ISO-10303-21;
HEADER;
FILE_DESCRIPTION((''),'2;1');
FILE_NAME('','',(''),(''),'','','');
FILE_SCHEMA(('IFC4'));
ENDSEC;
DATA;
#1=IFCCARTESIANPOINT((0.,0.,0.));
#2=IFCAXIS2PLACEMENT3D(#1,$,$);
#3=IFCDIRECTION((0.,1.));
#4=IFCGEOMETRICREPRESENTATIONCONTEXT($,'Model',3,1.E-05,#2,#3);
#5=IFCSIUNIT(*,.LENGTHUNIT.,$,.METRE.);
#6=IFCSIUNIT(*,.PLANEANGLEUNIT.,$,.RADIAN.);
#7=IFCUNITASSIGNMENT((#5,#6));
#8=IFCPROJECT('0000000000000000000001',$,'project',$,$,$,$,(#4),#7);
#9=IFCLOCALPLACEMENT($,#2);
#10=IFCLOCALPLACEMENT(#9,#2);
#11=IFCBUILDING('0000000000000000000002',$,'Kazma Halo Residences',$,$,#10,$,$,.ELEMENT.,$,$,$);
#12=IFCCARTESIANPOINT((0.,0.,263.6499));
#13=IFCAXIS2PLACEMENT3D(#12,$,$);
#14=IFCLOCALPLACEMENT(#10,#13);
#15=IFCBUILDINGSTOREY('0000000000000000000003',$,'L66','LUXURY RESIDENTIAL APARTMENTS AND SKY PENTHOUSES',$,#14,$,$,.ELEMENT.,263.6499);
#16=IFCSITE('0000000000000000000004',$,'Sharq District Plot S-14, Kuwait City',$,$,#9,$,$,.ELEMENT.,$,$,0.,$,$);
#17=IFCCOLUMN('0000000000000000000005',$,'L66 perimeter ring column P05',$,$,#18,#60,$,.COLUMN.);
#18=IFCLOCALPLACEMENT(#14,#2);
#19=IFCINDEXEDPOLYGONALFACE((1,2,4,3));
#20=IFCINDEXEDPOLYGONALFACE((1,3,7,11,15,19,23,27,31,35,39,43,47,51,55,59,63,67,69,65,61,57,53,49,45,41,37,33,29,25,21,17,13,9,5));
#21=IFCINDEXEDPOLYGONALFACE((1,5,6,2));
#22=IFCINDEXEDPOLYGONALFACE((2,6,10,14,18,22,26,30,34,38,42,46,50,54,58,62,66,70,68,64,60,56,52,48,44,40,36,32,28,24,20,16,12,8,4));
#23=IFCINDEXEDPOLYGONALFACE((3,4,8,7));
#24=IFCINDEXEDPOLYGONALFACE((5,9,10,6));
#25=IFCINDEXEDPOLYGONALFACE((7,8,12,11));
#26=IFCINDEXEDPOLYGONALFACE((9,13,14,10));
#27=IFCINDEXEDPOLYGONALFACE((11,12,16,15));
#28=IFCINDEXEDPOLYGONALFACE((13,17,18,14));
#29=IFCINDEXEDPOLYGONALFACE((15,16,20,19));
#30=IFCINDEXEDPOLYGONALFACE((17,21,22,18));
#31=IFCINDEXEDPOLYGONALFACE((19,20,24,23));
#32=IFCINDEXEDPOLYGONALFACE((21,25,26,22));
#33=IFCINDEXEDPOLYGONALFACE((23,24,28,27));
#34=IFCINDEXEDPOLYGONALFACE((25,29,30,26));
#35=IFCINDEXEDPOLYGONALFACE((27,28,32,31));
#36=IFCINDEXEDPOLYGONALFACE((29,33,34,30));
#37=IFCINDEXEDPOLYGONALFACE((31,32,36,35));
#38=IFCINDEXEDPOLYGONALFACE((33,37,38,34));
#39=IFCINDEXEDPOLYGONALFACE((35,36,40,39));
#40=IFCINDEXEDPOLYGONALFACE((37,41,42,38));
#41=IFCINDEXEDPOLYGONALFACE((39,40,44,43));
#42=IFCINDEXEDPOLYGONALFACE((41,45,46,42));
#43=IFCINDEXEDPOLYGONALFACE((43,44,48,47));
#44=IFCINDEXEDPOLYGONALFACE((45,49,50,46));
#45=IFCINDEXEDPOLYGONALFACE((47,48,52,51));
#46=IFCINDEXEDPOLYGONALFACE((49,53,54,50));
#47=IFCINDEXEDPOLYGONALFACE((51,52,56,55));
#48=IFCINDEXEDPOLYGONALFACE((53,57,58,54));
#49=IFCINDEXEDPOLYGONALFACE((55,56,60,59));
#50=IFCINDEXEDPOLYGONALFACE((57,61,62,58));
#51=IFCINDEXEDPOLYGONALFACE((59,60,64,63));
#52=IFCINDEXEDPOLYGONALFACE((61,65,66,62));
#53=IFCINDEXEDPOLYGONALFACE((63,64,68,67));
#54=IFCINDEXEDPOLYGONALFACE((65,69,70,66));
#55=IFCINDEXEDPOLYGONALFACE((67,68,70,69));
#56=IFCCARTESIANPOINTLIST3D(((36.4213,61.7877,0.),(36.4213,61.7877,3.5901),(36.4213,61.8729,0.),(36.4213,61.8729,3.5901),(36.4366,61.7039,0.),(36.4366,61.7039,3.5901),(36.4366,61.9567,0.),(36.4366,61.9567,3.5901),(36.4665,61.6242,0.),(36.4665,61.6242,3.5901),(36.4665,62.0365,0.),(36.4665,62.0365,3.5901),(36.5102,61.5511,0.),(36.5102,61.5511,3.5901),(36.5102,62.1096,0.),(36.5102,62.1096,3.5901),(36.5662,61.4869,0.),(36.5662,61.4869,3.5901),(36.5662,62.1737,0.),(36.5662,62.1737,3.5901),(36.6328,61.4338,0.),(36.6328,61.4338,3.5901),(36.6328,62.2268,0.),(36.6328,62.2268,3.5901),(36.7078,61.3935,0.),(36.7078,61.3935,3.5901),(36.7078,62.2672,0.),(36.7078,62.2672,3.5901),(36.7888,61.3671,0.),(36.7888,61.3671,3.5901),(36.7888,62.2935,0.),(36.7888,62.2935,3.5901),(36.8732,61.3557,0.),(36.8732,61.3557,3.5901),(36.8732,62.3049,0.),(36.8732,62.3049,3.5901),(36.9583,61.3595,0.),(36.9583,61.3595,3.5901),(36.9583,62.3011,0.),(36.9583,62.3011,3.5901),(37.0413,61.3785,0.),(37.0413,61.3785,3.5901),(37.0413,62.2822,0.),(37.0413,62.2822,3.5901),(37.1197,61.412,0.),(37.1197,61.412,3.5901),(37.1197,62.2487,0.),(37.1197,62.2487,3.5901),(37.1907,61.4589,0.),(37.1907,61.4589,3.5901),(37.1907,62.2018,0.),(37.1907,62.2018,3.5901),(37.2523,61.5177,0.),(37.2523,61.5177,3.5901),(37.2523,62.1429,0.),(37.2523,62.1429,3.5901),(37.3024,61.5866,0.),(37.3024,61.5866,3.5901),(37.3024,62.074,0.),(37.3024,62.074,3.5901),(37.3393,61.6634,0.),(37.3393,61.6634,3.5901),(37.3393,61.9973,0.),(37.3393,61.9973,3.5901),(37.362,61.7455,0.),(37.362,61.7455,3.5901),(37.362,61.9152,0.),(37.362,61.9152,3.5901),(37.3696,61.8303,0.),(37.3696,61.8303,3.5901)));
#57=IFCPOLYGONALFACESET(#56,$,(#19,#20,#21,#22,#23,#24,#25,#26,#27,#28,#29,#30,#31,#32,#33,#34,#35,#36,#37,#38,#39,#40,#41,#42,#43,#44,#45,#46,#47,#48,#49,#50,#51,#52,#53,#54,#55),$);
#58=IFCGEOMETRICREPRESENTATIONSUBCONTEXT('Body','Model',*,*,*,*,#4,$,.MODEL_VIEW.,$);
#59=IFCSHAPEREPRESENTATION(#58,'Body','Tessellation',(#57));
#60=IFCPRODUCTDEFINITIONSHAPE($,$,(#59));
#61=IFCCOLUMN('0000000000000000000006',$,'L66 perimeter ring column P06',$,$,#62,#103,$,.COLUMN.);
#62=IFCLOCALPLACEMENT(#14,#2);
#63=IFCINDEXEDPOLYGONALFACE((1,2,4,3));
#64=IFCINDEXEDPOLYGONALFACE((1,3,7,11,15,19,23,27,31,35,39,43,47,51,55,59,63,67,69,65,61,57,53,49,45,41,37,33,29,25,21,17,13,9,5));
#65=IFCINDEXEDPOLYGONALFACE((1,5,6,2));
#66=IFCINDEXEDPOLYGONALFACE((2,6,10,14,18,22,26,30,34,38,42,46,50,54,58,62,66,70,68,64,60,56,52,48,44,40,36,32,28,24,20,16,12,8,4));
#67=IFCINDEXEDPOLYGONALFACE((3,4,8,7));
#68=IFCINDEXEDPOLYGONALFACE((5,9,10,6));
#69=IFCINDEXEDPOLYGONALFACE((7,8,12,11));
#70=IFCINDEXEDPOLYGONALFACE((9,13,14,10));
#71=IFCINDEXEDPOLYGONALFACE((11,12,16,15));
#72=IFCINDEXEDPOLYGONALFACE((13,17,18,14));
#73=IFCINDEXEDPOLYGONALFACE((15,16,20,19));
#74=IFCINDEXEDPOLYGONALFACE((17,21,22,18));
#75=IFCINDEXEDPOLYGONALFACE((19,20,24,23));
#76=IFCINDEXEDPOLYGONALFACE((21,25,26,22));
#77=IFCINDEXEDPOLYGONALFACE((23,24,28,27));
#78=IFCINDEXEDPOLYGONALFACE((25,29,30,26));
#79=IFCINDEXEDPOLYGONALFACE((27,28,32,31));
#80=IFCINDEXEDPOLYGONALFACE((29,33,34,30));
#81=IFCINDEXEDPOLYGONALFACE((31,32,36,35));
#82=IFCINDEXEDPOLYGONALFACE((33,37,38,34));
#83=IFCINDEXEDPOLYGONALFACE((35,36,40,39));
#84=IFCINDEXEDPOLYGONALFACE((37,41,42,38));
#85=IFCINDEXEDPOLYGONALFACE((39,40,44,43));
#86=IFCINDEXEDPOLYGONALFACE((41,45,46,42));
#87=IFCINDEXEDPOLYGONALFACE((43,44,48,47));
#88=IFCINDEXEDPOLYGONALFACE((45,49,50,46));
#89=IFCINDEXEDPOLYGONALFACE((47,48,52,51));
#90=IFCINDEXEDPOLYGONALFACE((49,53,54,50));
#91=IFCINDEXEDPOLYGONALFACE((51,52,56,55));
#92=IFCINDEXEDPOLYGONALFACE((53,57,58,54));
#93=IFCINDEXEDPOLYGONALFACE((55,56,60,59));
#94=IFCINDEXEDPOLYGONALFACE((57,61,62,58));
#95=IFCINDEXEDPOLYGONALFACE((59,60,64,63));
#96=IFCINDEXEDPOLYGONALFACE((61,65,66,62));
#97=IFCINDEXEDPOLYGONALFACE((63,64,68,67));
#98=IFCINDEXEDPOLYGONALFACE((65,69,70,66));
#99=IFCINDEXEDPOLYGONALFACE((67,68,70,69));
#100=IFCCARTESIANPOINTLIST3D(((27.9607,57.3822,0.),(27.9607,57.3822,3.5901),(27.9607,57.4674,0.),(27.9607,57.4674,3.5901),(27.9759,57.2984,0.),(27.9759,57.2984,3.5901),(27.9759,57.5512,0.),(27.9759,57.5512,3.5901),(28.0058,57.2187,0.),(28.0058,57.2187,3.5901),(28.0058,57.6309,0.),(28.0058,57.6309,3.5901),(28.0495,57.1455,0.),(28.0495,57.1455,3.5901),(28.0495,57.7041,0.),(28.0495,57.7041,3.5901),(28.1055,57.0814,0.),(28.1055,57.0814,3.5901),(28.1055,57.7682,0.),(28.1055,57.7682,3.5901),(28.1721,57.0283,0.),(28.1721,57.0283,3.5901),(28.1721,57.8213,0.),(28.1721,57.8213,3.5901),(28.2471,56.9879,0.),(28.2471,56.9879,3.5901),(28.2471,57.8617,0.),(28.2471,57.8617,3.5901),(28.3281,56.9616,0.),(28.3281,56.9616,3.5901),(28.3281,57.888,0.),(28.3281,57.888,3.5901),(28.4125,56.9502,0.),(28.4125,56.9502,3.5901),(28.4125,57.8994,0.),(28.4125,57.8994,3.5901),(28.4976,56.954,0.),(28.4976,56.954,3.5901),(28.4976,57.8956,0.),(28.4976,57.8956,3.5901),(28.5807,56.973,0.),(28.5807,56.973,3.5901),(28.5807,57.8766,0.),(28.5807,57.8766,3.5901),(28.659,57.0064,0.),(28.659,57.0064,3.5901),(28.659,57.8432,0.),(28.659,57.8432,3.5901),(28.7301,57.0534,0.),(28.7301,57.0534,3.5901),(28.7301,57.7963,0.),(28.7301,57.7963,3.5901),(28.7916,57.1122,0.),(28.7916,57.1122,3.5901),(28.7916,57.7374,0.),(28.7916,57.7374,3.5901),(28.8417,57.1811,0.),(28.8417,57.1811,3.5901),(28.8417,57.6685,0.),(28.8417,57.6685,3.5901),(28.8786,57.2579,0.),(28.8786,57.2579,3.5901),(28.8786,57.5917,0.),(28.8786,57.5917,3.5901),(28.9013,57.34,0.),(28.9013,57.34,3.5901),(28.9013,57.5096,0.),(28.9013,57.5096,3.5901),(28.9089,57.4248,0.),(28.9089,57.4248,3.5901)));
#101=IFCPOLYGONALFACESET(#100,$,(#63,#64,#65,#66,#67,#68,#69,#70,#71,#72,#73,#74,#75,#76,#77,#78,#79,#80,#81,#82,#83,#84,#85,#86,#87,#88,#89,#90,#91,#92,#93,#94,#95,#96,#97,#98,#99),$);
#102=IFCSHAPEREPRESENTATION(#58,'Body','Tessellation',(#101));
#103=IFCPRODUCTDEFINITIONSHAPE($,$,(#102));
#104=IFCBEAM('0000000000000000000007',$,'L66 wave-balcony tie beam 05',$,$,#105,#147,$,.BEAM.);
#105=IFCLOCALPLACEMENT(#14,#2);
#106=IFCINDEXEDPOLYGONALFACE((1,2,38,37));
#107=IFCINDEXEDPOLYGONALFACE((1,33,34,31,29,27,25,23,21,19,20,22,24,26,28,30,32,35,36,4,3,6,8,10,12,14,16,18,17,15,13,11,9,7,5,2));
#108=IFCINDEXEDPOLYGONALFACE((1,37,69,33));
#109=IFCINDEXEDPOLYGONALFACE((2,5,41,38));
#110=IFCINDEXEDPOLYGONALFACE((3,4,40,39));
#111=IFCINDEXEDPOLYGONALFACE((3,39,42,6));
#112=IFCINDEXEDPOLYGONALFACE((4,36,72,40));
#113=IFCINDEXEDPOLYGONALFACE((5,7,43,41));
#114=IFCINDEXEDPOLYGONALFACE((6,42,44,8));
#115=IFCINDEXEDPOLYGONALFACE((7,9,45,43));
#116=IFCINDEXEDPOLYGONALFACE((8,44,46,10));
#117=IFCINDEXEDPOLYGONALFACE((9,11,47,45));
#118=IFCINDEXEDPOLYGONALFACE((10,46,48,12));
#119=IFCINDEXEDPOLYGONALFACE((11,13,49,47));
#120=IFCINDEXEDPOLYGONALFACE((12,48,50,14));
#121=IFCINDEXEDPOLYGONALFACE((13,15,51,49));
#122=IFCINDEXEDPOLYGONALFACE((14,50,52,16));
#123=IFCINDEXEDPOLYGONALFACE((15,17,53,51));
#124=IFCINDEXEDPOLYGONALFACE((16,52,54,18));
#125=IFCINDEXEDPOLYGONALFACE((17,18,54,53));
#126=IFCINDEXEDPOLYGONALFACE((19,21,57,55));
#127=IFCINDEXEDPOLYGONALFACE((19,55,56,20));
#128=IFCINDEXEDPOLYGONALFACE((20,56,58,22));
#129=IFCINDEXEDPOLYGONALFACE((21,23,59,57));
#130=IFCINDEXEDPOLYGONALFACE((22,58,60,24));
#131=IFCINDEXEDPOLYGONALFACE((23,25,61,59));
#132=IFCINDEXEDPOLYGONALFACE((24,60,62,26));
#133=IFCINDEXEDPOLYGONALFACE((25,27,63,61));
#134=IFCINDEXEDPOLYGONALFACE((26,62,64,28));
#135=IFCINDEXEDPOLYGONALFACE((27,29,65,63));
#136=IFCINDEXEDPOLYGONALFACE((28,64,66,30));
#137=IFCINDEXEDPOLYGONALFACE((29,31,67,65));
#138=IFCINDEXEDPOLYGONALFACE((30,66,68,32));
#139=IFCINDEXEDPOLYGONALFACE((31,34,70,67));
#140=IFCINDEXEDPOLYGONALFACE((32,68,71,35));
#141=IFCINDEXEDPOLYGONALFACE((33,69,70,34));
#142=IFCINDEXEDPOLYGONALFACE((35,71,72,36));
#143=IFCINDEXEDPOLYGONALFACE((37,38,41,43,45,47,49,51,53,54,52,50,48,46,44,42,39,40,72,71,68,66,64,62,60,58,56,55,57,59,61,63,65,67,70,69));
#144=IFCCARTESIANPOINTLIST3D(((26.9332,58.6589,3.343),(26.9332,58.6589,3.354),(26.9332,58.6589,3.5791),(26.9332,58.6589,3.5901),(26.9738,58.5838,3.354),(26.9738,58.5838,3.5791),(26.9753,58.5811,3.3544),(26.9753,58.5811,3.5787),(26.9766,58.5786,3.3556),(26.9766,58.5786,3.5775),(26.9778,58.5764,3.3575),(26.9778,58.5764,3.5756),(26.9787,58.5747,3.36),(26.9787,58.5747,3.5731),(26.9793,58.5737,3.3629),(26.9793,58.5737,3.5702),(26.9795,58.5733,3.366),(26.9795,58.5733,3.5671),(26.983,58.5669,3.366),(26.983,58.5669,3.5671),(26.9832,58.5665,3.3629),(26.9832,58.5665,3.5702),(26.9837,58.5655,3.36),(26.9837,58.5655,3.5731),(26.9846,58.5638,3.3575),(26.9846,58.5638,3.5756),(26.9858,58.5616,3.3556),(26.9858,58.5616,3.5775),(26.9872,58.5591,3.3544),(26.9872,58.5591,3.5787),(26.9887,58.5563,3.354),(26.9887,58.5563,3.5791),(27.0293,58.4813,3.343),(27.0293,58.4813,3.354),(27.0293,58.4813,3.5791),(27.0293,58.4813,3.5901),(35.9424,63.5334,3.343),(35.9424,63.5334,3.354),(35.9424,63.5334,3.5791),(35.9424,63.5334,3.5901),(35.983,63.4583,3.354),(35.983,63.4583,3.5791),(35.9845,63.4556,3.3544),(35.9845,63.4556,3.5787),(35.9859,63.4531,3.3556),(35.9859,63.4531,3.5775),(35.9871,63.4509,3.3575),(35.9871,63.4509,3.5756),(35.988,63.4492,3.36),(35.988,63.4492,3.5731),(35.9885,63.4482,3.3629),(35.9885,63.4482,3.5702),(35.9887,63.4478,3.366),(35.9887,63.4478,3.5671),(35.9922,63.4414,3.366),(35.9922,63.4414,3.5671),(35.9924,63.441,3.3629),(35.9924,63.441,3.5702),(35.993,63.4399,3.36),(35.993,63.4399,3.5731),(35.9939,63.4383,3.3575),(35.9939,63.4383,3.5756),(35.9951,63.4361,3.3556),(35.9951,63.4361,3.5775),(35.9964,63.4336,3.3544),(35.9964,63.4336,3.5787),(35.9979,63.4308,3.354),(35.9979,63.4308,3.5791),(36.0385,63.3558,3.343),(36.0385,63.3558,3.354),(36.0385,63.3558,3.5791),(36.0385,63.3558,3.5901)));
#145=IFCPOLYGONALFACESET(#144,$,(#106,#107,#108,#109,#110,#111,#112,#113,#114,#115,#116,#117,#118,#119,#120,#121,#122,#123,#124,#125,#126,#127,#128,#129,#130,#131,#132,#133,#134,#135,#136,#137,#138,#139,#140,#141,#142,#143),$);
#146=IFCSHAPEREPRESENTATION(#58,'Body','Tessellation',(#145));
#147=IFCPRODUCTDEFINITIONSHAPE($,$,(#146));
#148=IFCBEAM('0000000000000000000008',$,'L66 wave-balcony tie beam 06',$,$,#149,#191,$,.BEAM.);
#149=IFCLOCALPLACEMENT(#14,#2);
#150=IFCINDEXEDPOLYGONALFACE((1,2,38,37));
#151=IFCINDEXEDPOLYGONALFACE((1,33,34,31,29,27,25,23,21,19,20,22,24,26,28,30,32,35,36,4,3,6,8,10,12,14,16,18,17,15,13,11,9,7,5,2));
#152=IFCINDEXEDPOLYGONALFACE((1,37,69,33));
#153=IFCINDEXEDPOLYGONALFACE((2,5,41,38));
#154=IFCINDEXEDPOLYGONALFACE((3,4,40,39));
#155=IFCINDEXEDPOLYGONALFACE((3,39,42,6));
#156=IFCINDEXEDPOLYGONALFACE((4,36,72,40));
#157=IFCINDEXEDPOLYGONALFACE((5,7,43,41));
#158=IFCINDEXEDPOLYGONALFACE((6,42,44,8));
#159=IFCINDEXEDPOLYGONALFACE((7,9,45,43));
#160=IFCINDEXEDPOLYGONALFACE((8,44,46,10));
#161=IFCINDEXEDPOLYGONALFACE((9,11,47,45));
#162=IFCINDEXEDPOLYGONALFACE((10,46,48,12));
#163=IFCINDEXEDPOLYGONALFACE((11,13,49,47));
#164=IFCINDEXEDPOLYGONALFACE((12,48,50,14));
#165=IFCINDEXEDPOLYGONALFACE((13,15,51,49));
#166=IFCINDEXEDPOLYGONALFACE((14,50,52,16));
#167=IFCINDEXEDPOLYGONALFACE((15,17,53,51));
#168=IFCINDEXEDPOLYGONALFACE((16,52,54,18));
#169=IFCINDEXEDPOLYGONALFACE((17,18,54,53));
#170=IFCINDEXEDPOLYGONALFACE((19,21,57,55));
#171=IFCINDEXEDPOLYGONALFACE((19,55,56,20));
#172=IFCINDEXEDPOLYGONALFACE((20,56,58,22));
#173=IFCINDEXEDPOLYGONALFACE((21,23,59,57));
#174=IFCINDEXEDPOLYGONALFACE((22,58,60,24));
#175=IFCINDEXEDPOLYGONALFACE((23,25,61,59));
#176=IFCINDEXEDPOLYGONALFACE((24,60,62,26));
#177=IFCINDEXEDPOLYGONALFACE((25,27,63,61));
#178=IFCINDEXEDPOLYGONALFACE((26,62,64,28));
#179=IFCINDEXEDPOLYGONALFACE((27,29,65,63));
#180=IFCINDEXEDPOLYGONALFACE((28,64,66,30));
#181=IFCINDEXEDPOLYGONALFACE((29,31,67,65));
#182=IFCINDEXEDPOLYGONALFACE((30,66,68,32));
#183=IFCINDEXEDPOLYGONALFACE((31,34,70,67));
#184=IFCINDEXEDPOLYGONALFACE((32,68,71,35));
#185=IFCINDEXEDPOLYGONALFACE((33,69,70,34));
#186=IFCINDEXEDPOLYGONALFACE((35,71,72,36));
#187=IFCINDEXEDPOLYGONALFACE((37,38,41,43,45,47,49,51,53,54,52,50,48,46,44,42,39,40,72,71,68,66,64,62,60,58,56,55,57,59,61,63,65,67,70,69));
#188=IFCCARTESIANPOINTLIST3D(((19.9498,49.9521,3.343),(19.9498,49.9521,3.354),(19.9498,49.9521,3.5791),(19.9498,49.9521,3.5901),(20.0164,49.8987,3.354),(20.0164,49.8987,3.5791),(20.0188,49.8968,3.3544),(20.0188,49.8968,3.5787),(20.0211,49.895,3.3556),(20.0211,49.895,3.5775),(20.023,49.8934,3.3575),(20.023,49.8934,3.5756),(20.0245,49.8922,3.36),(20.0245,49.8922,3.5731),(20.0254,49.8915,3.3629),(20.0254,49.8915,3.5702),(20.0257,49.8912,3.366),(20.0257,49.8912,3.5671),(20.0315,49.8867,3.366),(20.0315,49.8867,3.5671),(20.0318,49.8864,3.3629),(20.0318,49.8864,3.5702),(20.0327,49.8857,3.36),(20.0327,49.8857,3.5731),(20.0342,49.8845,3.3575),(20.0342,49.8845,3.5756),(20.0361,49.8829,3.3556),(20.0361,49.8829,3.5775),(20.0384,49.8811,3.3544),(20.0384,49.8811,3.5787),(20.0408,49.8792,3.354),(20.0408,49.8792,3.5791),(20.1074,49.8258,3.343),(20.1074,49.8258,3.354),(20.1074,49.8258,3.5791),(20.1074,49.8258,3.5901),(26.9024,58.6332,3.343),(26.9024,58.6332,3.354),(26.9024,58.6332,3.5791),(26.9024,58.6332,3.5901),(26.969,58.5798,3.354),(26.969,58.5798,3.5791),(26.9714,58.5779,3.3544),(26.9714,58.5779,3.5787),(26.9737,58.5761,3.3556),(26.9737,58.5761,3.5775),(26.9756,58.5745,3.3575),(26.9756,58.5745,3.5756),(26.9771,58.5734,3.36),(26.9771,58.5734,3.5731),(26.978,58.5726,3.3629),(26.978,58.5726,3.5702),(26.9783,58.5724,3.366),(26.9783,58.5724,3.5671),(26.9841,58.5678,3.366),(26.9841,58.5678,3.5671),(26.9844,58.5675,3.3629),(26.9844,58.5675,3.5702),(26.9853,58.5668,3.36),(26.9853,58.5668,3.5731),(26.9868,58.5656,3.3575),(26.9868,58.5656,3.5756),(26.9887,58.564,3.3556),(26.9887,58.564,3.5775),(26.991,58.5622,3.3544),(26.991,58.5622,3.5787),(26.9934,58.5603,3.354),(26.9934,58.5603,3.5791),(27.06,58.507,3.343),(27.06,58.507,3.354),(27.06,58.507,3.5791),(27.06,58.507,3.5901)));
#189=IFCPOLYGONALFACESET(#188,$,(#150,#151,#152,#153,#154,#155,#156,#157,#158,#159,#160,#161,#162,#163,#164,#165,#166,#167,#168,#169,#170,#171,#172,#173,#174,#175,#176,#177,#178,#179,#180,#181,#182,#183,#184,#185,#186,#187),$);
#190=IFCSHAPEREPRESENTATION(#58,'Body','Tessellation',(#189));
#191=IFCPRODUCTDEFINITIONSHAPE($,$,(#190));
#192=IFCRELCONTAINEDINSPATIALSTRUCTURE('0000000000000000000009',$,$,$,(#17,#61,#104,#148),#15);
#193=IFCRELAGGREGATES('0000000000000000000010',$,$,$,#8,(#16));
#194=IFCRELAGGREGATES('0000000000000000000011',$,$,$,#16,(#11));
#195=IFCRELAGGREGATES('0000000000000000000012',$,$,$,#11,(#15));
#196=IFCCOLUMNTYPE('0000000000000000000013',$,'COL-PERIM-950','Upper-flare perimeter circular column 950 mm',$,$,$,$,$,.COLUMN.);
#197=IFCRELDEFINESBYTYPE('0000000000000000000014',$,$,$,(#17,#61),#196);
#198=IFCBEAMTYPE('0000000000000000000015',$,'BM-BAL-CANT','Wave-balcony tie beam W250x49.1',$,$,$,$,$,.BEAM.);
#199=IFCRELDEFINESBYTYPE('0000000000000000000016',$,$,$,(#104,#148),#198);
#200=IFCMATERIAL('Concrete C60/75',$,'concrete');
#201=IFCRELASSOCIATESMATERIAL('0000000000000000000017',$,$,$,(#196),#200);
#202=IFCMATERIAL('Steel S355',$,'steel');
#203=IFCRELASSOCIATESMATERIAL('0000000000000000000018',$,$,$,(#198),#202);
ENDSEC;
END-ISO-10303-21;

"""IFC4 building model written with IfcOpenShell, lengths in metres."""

from ifc_helpers import new_model, si_unit, direction, frame, origin, origin_2d, place, context, subcontext, project, spatial, circle, i_section, extrude, material, material_profile, profile_set, type_object, element, save


model = new_model("IFC4")

# Units and contexts
model_context = context("Model", 3, precision=1e-05, world=origin(), true_north=direction((0.0, 1.0)))
body_context = subcontext(model_context, "Body", "Model", "MODEL_VIEW")
ifc_project = project(units=[si_unit("LENGTHUNIT", "METRE"), si_unit("PLANEANGLEUNIT", "RADIAN")], contexts=[model_context])

# Site, building, storey
site_placement = place(None, origin())
site = spatial("IfcSite", under=ifc_project, at=site_placement, Name="Sharq District Plot S-14, Kuwait City", CompositionType="ELEMENT", RefElevation=0.0)
building_placement = place(site_placement, origin())
building = spatial("IfcBuilding", under=site, at=building_placement, Name="Kazma Halo Residences", CompositionType="ELEMENT")
storey_placement = place(building_placement, frame((0.0, 0.0, 263.6499)))
storey = spatial("IfcBuildingStorey", under=building, at=storey_placement, Name="L66", Description="LUXURY RESIDENTIAL APARTMENTS AND SKY PENTHOUSES", CompositionType="ELEMENT", Elevation=263.6499)

# Columns
ifc_material_1 = material(Name="Concrete C60/75", Category="concrete")
ifc_material_profile_1 = material_profile(ifc_material_1, circle(Radius=0.4751, at=origin_2d()), Name="CIRC950")
ifc_profile_set_1 = profile_set([ifc_material_profile_1], Name="Concrete C60/75")
column_type = type_object("IfcColumnType", Name="COL-PERIM-950", Description="Upper-flare perimeter circular column 950 mm", PredefinedType="COLUMN", material=ifc_profile_set_1)
for number, where, z_axis, x_axis, name in (
    (1, (36.8945, 61.8303, 0.0), (0.0, 0.0, 1.0), (1.0, 0.0, 0.0), "L66 perimeter ring column P05"),
    (2, (28.4338, 57.4248, 0.0), (0.0, 0.0, 1.0), (1.0, 0.0, 0.0), "L66 perimeter ring column P06"),
):
    element("IfcColumn", number, at=place(storey_placement, frame(where, z_axis=z_axis, x_axis=x_axis)), inside=storey, type_object=column_type, Name=name, PredefinedType="COLUMN", context=body_context, shape_type="SweptSolid", body=[
        extrude(circle(Radius=0.4751, at=origin_2d()), origin(), (0.0, 0.0, 1.0), 3.5901),
    ])

# Beams
ifc_material_2 = material(Name="Steel S355", Category="steel")
ifc_material_profile_2 = material_profile(ifc_material_2, i_section(OverallWidth=0.2019, OverallDepth=0.2471, WebThickness=0.0073, FlangeThickness=0.011, FilletRadius=0.012, at=origin_2d()), Name="W250x49.1")
ifc_profile_set_2 = profile_set([ifc_material_profile_2], Name="Steel S355")
beam_type_1 = type_object("IfcBeamType", Name="BM-BAL-CANT", Description="Wave-balcony tie beam W250x49.1", PredefinedType="BEAM", material=ifc_profile_set_2)
beam_1_placement = place(storey_placement, frame((35.9905, 63.4446, 3.4666), z_axis=(-0.879517, -0.475867, 0.0), x_axis=(0.475867, -0.879517, 0.0)))
element("IfcBeam", 3, at=beam_1_placement, inside=storey, type_object=beam_type_1, Name="L66 wave-balcony tie beam 05", PredefinedType="BEAM", context=body_context, shape_type="SweptSolid", body=[
    extrude(i_section(OverallWidth=0.2019, OverallDepth=0.2471, WebThickness=0.0073, FlangeThickness=0.011, FilletRadius=0.012, at=origin_2d()), origin(), (0.0, 0.0, 1.0), 10.2434),
])
beam_2_placement = place(storey_placement, frame((26.9812, 58.5701, 3.4666), z_axis=(-0.625118, -0.78053, 0.0), x_axis=(0.78053, -0.625118, 0.0)))
element("IfcBeam", 4, at=beam_2_placement, inside=storey, type_object=beam_type_1, Name="L66 wave-balcony tie beam 06", PredefinedType="BEAM", context=body_context, shape_type="SweptSolid", body=[
    extrude(i_section(OverallWidth=0.2019, OverallDepth=0.2471, WebThickness=0.0073, FlangeThickness=0.011, FilletRadius=0.012, at=origin_2d()), origin(), (0.0, 0.0, 1.0), 11.1221),
])

save(model, "model.ifc")
